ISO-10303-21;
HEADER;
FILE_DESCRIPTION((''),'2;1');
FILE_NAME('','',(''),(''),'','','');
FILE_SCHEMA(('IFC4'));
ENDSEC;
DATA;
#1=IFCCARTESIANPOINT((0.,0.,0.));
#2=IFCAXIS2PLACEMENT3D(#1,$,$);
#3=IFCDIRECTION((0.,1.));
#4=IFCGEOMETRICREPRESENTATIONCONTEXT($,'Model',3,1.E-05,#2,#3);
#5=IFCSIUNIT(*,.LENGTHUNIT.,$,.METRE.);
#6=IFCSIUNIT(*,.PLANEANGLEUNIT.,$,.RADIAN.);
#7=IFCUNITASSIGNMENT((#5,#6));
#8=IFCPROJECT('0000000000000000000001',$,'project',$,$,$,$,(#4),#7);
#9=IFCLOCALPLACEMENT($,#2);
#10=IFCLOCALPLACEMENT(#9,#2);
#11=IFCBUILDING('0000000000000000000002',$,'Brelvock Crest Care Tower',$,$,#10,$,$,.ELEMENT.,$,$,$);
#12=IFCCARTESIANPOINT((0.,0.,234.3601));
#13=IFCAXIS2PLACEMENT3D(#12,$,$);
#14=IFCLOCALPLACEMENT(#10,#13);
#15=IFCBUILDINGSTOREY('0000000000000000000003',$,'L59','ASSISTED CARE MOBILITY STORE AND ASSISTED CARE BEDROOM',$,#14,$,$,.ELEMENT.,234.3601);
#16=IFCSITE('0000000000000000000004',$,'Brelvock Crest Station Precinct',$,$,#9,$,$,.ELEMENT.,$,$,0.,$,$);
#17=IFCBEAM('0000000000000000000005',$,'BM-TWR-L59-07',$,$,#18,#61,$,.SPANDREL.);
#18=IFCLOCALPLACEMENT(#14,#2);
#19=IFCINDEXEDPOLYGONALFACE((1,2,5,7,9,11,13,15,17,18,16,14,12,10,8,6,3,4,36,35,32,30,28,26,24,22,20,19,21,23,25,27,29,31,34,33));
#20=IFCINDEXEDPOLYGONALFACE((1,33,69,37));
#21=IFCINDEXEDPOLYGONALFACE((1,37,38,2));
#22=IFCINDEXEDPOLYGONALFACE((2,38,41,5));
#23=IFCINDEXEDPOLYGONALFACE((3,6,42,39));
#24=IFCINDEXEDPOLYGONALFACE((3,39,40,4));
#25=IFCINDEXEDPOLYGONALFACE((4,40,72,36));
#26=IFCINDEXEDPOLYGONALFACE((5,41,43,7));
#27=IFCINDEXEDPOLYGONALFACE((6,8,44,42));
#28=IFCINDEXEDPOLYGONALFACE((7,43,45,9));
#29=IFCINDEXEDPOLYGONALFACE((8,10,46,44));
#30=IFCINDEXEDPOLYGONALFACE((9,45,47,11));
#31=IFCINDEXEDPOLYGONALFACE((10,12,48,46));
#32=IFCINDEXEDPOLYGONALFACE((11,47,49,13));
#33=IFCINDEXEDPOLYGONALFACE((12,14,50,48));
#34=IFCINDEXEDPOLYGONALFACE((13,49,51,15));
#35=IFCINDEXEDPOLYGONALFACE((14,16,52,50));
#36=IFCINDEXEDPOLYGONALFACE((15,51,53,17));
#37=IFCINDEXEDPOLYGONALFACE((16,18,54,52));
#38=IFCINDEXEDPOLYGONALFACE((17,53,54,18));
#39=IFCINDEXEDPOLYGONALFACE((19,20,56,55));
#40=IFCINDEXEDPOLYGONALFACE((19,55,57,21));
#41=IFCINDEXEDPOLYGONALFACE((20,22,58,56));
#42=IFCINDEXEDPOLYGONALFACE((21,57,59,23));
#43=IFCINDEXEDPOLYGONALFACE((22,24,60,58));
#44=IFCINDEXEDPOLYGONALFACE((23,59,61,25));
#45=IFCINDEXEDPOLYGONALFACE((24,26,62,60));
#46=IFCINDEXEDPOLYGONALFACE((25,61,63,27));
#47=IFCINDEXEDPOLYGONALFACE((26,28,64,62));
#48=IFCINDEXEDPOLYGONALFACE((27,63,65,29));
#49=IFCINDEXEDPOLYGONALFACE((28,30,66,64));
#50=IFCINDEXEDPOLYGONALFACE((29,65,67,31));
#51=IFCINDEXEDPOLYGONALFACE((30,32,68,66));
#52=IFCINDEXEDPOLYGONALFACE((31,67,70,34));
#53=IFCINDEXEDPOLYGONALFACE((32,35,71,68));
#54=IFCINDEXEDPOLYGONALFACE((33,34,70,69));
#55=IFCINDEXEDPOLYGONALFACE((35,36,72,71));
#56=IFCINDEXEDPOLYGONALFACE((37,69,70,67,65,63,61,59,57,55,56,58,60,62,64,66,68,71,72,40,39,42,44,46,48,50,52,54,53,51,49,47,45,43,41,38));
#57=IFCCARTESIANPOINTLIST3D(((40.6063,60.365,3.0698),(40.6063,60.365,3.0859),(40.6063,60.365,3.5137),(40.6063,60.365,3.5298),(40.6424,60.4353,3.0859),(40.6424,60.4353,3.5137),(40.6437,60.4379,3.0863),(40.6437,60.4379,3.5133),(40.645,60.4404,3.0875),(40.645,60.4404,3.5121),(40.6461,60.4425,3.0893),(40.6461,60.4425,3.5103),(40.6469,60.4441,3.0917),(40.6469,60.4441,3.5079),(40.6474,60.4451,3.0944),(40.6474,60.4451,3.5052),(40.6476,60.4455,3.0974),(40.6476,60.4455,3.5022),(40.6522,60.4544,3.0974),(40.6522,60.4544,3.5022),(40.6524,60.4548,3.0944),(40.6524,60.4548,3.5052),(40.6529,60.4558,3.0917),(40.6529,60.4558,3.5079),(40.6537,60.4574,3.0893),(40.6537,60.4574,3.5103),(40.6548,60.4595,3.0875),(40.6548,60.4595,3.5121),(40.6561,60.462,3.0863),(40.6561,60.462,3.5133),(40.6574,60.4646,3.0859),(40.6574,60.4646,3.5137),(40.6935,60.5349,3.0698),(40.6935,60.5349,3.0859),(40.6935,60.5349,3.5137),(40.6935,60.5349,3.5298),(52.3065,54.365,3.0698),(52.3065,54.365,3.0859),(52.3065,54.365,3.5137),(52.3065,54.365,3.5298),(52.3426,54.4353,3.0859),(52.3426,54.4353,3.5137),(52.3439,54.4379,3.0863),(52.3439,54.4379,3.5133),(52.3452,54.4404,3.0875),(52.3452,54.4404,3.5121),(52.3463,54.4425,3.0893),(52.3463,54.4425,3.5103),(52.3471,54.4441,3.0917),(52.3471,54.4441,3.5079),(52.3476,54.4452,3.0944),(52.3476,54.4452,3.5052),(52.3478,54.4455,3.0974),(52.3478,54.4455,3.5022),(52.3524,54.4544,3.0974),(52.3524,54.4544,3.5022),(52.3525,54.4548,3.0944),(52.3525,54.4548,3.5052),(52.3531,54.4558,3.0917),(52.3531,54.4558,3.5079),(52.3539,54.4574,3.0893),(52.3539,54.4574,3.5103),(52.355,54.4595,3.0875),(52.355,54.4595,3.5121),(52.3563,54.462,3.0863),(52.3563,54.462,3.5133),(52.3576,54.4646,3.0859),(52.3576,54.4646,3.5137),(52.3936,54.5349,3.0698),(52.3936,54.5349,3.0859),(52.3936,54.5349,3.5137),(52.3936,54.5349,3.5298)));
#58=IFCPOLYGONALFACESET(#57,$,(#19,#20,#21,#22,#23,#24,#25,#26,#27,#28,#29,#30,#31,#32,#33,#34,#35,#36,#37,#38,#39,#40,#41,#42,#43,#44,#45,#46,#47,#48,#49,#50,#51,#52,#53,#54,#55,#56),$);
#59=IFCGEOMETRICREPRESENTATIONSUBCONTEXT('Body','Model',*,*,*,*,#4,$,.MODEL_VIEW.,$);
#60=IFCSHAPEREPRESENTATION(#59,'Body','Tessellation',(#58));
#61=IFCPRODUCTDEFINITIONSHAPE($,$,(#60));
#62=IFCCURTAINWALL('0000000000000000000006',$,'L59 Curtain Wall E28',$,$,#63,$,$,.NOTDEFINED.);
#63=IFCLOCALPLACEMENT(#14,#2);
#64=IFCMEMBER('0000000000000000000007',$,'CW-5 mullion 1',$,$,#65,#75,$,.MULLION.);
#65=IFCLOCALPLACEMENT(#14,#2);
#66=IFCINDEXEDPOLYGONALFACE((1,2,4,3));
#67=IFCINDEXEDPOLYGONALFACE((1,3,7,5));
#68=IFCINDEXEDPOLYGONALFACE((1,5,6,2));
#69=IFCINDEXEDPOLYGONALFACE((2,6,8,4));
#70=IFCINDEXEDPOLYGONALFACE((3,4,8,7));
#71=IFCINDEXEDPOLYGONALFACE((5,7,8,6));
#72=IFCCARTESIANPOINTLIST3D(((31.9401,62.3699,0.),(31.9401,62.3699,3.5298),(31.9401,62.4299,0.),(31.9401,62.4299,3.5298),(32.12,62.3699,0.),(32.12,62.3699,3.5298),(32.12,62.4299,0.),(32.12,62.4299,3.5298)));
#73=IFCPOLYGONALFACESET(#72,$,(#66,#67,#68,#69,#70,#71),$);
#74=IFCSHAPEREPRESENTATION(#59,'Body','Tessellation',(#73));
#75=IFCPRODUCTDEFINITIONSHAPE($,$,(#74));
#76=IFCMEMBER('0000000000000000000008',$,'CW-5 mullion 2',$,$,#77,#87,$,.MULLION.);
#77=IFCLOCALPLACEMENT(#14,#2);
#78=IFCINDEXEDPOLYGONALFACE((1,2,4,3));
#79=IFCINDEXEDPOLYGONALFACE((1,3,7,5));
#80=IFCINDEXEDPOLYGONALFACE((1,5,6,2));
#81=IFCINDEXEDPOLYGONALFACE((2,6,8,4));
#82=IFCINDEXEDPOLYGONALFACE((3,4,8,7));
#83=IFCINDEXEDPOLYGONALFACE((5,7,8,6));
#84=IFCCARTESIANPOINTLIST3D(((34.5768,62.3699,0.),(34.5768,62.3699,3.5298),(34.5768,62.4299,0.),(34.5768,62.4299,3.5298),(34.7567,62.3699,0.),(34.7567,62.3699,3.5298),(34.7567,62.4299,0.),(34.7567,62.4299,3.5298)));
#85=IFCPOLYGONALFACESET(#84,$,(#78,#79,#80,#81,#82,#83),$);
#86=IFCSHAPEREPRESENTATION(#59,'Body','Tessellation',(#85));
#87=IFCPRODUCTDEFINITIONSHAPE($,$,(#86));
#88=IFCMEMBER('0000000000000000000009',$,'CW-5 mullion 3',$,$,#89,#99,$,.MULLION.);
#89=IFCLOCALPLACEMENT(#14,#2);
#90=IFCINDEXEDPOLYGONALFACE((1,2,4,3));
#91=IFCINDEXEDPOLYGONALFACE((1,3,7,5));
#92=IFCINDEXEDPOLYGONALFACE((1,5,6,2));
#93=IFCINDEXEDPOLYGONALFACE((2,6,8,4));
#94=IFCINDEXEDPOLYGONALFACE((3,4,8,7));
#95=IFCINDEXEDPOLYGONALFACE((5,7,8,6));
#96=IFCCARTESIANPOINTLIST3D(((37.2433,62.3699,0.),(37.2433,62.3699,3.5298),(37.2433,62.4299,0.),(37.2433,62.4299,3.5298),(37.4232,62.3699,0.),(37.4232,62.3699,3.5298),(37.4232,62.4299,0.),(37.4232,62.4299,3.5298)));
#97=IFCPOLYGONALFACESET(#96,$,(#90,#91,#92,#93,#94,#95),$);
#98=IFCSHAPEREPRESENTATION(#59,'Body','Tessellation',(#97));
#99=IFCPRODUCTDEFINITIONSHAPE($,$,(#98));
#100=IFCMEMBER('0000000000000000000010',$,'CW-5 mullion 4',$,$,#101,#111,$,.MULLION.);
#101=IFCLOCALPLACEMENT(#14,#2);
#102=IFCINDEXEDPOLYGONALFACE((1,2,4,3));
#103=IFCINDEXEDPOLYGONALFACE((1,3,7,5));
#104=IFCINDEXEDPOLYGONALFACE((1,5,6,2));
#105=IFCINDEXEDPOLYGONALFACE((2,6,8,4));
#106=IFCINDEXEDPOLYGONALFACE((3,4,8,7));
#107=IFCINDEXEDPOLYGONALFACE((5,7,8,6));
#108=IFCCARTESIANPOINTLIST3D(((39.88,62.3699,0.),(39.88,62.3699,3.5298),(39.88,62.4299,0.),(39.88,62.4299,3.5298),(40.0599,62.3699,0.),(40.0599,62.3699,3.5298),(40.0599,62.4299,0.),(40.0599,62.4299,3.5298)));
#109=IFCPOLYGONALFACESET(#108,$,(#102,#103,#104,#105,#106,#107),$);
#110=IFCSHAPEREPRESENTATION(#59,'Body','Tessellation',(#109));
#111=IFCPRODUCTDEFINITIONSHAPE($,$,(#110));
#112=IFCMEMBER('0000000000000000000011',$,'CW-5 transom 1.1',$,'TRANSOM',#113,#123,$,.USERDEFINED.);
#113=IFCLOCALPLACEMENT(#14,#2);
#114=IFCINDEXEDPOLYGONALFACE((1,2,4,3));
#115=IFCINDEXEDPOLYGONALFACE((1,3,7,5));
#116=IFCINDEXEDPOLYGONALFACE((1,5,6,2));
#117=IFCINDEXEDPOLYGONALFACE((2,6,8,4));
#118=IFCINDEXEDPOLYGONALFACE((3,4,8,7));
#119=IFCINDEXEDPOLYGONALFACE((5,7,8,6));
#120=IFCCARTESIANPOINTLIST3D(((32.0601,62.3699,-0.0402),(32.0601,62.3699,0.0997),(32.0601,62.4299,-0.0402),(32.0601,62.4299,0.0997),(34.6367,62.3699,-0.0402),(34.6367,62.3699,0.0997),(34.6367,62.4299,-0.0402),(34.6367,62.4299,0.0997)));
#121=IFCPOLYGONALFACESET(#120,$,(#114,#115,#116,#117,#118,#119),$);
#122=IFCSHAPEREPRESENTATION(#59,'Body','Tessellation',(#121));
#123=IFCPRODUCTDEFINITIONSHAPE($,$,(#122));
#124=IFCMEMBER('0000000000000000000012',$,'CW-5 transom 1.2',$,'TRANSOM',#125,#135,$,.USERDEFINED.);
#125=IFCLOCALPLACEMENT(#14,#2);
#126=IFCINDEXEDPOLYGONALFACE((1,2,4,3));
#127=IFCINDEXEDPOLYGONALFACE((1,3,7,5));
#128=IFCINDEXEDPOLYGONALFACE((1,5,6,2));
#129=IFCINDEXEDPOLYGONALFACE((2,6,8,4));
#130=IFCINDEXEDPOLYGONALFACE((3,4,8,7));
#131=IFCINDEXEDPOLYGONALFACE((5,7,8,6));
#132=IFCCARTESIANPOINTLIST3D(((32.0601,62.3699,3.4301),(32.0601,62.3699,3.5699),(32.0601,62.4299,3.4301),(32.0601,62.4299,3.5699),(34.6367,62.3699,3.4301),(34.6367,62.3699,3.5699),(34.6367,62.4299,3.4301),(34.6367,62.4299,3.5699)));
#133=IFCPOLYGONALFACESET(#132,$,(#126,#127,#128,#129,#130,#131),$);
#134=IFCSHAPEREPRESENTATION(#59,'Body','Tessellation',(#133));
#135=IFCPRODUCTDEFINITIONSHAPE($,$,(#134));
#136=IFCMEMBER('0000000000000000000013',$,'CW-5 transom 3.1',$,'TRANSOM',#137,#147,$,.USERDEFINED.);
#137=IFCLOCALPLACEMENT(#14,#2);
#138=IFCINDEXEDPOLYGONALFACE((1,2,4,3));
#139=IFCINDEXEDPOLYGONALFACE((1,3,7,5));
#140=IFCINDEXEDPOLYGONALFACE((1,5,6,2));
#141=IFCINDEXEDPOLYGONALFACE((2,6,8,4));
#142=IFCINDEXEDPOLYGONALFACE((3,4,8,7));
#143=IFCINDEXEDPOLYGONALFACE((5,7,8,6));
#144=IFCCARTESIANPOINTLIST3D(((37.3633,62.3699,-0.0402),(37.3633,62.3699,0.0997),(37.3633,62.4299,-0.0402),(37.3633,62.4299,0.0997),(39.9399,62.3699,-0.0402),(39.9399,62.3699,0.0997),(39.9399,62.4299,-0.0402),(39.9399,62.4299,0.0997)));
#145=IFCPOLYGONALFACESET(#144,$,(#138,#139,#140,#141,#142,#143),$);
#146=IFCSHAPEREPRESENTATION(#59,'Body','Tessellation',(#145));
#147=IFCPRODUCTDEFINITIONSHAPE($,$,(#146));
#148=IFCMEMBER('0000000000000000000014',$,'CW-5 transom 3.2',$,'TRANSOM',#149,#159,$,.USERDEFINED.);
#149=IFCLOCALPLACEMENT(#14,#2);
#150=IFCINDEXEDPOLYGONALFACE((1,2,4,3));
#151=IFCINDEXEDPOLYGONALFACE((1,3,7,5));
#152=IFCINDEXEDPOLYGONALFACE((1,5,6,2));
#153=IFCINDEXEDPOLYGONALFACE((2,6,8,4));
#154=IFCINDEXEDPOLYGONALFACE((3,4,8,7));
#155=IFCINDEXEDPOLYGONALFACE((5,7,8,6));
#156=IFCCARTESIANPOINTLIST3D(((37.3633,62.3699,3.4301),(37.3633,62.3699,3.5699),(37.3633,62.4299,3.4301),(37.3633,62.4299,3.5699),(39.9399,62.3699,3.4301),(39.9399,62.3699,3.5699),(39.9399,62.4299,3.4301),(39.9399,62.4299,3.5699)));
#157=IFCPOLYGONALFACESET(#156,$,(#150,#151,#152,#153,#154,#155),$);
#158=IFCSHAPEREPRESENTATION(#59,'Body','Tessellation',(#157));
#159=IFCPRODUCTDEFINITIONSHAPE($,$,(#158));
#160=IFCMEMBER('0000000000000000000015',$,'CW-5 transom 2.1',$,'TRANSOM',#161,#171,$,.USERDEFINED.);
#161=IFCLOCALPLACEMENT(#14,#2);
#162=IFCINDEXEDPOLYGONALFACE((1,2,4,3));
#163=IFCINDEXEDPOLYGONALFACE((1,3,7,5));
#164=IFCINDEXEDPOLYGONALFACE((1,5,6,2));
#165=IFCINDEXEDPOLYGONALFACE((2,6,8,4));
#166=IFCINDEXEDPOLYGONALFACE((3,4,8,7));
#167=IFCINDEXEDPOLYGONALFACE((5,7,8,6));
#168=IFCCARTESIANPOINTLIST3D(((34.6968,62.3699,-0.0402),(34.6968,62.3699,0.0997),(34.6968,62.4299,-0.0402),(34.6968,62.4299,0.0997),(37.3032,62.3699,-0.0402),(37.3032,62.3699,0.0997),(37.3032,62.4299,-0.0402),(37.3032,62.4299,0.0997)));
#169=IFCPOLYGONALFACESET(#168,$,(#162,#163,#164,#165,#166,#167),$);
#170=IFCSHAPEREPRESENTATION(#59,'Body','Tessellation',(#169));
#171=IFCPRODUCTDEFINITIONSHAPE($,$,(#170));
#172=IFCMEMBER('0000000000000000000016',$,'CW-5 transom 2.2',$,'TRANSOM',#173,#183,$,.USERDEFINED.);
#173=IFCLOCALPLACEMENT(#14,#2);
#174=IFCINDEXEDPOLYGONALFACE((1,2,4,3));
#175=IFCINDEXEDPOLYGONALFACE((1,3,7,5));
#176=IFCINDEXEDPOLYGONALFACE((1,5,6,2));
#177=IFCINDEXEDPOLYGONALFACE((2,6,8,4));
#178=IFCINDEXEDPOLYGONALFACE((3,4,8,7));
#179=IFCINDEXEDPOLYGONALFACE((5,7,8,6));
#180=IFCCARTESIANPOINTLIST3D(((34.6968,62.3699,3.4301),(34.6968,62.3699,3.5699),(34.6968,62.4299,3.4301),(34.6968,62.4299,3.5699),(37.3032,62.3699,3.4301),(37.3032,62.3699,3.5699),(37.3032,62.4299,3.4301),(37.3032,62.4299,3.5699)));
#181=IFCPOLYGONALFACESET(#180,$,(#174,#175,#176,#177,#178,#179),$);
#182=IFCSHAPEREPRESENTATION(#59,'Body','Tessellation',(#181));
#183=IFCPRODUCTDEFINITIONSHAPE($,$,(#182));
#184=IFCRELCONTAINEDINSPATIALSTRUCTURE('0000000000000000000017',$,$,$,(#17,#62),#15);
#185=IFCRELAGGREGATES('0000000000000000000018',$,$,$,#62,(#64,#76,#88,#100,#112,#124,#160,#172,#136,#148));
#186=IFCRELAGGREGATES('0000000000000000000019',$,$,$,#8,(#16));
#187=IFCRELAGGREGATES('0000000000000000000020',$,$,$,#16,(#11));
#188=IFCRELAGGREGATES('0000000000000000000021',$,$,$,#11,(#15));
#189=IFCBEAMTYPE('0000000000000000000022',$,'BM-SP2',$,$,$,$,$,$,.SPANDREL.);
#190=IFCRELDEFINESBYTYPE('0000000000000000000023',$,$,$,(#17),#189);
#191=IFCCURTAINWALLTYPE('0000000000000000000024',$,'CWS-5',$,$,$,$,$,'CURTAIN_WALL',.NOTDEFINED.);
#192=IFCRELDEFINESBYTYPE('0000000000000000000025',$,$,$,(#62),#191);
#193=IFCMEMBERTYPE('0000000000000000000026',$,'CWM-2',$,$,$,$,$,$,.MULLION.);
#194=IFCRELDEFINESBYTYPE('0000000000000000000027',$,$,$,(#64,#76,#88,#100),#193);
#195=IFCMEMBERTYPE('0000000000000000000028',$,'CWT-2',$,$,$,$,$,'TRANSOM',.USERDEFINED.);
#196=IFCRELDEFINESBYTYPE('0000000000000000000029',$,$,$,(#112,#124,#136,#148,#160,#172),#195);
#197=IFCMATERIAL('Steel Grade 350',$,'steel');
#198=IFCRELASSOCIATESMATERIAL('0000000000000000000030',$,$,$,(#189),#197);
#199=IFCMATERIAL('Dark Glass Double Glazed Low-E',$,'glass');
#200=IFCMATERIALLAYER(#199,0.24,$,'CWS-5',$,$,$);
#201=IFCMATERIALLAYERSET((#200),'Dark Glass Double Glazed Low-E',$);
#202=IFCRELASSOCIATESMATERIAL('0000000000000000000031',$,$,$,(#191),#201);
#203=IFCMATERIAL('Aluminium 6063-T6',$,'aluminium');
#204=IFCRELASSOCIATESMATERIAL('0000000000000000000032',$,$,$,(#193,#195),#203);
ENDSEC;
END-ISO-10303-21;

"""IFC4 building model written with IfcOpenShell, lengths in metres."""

from ifc_helpers import new_model, si_unit, direction, frame, origin, origin_2d, place, context, subcontext, project, spatial, rectangle, i_section, extrude, source, transform, mapped, material, layer, layer_set, material_profile, profile_set, type_object, element, aggregate, save


model = new_model("IFC4")

# Units and contexts
model_context = context("Model", 3, precision=1e-05, world=origin(), true_north=direction((0.0, 1.0)))
body_context = subcontext(model_context, "Body", "Model", "MODEL_VIEW")
ifc_project = project(units=[si_unit("LENGTHUNIT", "METRE"), si_unit("PLANEANGLEUNIT", "RADIAN")], contexts=[model_context])

# Site, building, storey
site_placement = place(None, origin())
site = spatial("IfcSite", under=ifc_project, at=site_placement, Name="Brelvock Crest Station Precinct", CompositionType="ELEMENT", RefElevation=0.0)
building_placement = place(site_placement, origin())
building = spatial("IfcBuilding", under=site, at=building_placement, Name="Brelvock Crest Care Tower", CompositionType="ELEMENT")
storey_placement = place(building_placement, frame((0.0, 0.0, 234.3601)))
storey = spatial("IfcBuildingStorey", under=building, at=storey_placement, Name="L59", Description="ASSISTED CARE MOBILITY STORE AND ASSISTED CARE BEDROOM", CompositionType="ELEMENT", Elevation=234.3601)

# Shared definitions
ifc_material_1 = material(Name="Steel Grade 350", Category="steel")

# Beam
ifc_material_profile_1 = material_profile(ifc_material_1, i_section(OverallWidth=0.1909, OverallDepth=0.46, WebThickness=0.01, FlangeThickness=0.0161, FilletRadius=0.0115, at=origin_2d()), Name="460UB82.1")
ifc_profile_set_1 = profile_set([ifc_material_profile_1], Name="Steel Grade 350")
beam_type_1 = type_object("IfcBeamType", Name="BM-SP2", PredefinedType="SPANDREL", material=ifc_profile_set_1)
shared_shape_1 = source(origin(), body_context, "Body", "SweptSolid", [
    extrude(i_section(OverallWidth=0.1909, OverallDepth=0.46, WebThickness=0.01, FlangeThickness=0.0161, FilletRadius=0.0115, at=origin_2d()), origin(), (0.0, 0.0, 1.0), 13.1489),
])
beam_placement = place(storey_placement, frame((40.6499, 60.45, 3.2998), z_axis=(0.889821, -0.456311, 0.0), x_axis=(0.456311, 0.889821, 0.0)))
element("IfcBeam", 1, at=beam_placement, inside=storey, type_object=beam_type_1, Name="BM-TWR-L59-07", PredefinedType="SPANDREL", context=body_context, shape_type="MappedRepresentation", body=[
    mapped(shared_shape_1, transform((0.0, 0.0, 0.0), x_axis=(1.0, 0.0, 0.0), y_axis=(0.0, 1.0, 0.0), z_axis=(0.0, 0.0, 1.0), scale=1.0)),
])

# Curtain wall, members
ifc_material_2 = material(Name="Dark Glass Double Glazed Low-E", Category="glass")
ifc_layer_1 = layer(ifc_material_2, 0.24, Name="CWS-5")
ifc_layer_set_1 = layer_set([ifc_layer_1], Name="Dark Glass Double Glazed Low-E")
curtain_wall_type = type_object("IfcCurtainWallType", Name="CWS-5", ElementType="CURTAIN_WALL", PredefinedType="NOTDEFINED", material=ifc_layer_set_1)
curtain_wall_placement = place(storey_placement, origin())
curtain_wall = element("IfcCurtainWall", 2, at=curtain_wall_placement, inside=storey, type_object=curtain_wall_type, Name="L59 Curtain Wall E28", PredefinedType="NOTDEFINED")
ifc_material_3 = material(Name="Aluminium 6063-T6", Category="aluminium")
ifc_material_profile_2 = material_profile(ifc_material_3, rectangle(XDim=0.0601, YDim=0.1799, at=origin_2d()), Name="ALU60x180")
ifc_profile_set_2 = profile_set([ifc_material_profile_2], Name="Aluminium 6063-T6")
member_type_1 = type_object("IfcMemberType", Name="CWM-2", PredefinedType="MULLION", material=ifc_profile_set_2)
shared_shape_2 = source(origin(), body_context, "Body", "SweptSolid", [
    extrude(rectangle(XDim=0.0601, YDim=0.1799, at=origin_2d()), origin(), (0.0, 0.0, 1.0), 3.5298),
])
member_1_placement = place(storey_placement, frame((32.03, 62.3999, 0.0), z_axis=(0.0, 0.0, 1.0), x_axis=(0.0, 1.0, 0.0)))
member_1 = element("IfcMember", 3, at=member_1_placement, type_object=member_type_1, Name="CW-5 mullion 1", PredefinedType="MULLION", context=body_context, shape_type="MappedRepresentation", body=[
    mapped(shared_shape_2, transform((0.0, 0.0, 0.0), x_axis=(1.0, 0.0, 0.0), y_axis=(0.0, 1.0, 0.0), z_axis=(0.0, 0.0, 1.0), scale=1.0)),
])
member_2_placement = place(storey_placement, frame((34.6667, 62.3999, 0.0), z_axis=(0.0, 0.0, 1.0), x_axis=(0.0, 1.0, 0.0)))
member_2 = element("IfcMember", 4, at=member_2_placement, type_object=member_type_1, Name="CW-5 mullion 2", PredefinedType="MULLION", context=body_context, shape_type="MappedRepresentation", body=[
    mapped(shared_shape_2, transform((0.0, 0.0, 0.0), x_axis=(1.0, 0.0, 0.0), y_axis=(0.0, 1.0, 0.0), z_axis=(0.0, 0.0, 1.0), scale=1.0)),
])
member_3_placement = place(storey_placement, frame((37.3333, 62.3999, 0.0), z_axis=(0.0, 0.0, 1.0), x_axis=(0.0, 1.0, 0.0)))
member_3 = element("IfcMember", 5, at=member_3_placement, type_object=member_type_1, Name="CW-5 mullion 3", PredefinedType="MULLION", context=body_context, shape_type="MappedRepresentation", body=[
    mapped(shared_shape_2, transform((0.0, 0.0, 0.0), x_axis=(1.0, 0.0, 0.0), y_axis=(0.0, 1.0, 0.0), z_axis=(0.0, 0.0, 1.0), scale=1.0)),
])
member_4_placement = place(storey_placement, frame((39.97, 62.3999, 0.0), z_axis=(0.0, 0.0, 1.0), x_axis=(0.0, 1.0, 0.0)))
member_4 = element("IfcMember", 6, at=member_4_placement, type_object=member_type_1, Name="CW-5 mullion 4", PredefinedType="MULLION", context=body_context, shape_type="MappedRepresentation", body=[
    mapped(shared_shape_2, transform((0.0, 0.0, 0.0), x_axis=(1.0, 0.0, 0.0), y_axis=(0.0, 1.0, 0.0), z_axis=(0.0, 0.0, 1.0), scale=1.0)),
])
ifc_material_profile_3 = material_profile(ifc_material_3, rectangle(XDim=0.0601, YDim=0.1399, at=origin_2d()), Name="ALU60x140")
ifc_profile_set_3 = profile_set([ifc_material_profile_3], Name="Aluminium 6063-T6")
member_type_2 = type_object("IfcMemberType", Name="CWT-2", ElementType="TRANSOM", PredefinedType="USERDEFINED", material=ifc_profile_set_3)
shared_shape_3 = source(origin(), body_context, "Body", "SweptSolid", [
    extrude(rectangle(XDim=0.0601, YDim=0.1399, at=origin_2d()), origin(), (0.0, 0.0, 1.0), 2.5767),
])
member_5_placement = place(storey_placement, frame((32.0601, 62.3999, 0.0298), z_axis=(1.0, 0.0, 0.0), x_axis=(0.0, 1.0, 0.0)))
member_5 = element("IfcMember", 7, at=member_5_placement, type_object=member_type_2, Name="CW-5 transom 1.1", ObjectType="TRANSOM", PredefinedType="USERDEFINED", context=body_context, shape_type="MappedRepresentation", body=[
    mapped(shared_shape_3, transform((0.0, 0.0, 0.0), x_axis=(1.0, 0.0, 0.0), y_axis=(0.0, 1.0, 0.0), z_axis=(0.0, 0.0, 1.0), scale=1.0)),
])
member_6_placement = place(storey_placement, frame((32.0601, 62.3999, 3.5), z_axis=(1.0, 0.0, 0.0), x_axis=(0.0, 1.0, 0.0)))
member_6 = element("IfcMember", 8, at=member_6_placement, type_object=member_type_2, Name="CW-5 transom 1.2", ObjectType="TRANSOM", PredefinedType="USERDEFINED", context=body_context, shape_type="MappedRepresentation", body=[
    mapped(shared_shape_3, transform((0.0, 0.0, 0.0), x_axis=(1.0, 0.0, 0.0), y_axis=(0.0, 1.0, 0.0), z_axis=(0.0, 0.0, 1.0), scale=1.0)),
])
member_7_placement = place(storey_placement, frame((37.3633, 62.3999, 0.0298), z_axis=(1.0, 0.0, 0.0), x_axis=(0.0, 1.0, 0.0)))
member_7 = element("IfcMember", 9, at=member_7_placement, type_object=member_type_2, Name="CW-5 transom 3.1", ObjectType="TRANSOM", PredefinedType="USERDEFINED", context=body_context, shape_type="MappedRepresentation", body=[
    mapped(shared_shape_3, transform((0.0, 0.0, 0.0), x_axis=(1.0, 0.0, 0.0), y_axis=(0.0, 1.0, 0.0), z_axis=(0.0, 0.0, 1.0), scale=1.0)),
])
member_8_placement = place(storey_placement, frame((37.3633, 62.3999, 3.5), z_axis=(1.0, 0.0, 0.0), x_axis=(0.0, 1.0, 0.0)))
member_8 = element("IfcMember", 10, at=member_8_placement, type_object=member_type_2, Name="CW-5 transom 3.2", ObjectType="TRANSOM", PredefinedType="USERDEFINED", context=body_context, shape_type="MappedRepresentation", body=[
    mapped(shared_shape_3, transform((0.0, 0.0, 0.0), x_axis=(1.0, 0.0, 0.0), y_axis=(0.0, 1.0, 0.0), z_axis=(0.0, 0.0, 1.0), scale=1.0)),
])
shared_shape_4 = source(origin(), body_context, "Body", "SweptSolid", [
    extrude(rectangle(XDim=0.0601, YDim=0.1399, at=origin_2d()), origin(), (0.0, 0.0, 1.0), 2.6064),
])
member_9_placement = place(storey_placement, frame((34.6968, 62.3999, 0.0298), z_axis=(1.0, 0.0, 0.0), x_axis=(0.0, 1.0, 0.0)))
member_9 = element("IfcMember", 11, at=member_9_placement, type_object=member_type_2, Name="CW-5 transom 2.1", ObjectType="TRANSOM", PredefinedType="USERDEFINED", context=body_context, shape_type="MappedRepresentation", body=[
    mapped(shared_shape_4, transform((0.0, 0.0, 0.0), x_axis=(1.0, 0.0, 0.0), y_axis=(0.0, 1.0, 0.0), z_axis=(0.0, 0.0, 1.0), scale=1.0)),
])
member_10_placement = place(storey_placement, frame((34.6968, 62.3999, 3.5), z_axis=(1.0, 0.0, 0.0), x_axis=(0.0, 1.0, 0.0)))
member_10 = element("IfcMember", 12, at=member_10_placement, type_object=member_type_2, Name="CW-5 transom 2.2", ObjectType="TRANSOM", PredefinedType="USERDEFINED", context=body_context, shape_type="MappedRepresentation", body=[
    mapped(shared_shape_4, transform((0.0, 0.0, 0.0), x_axis=(1.0, 0.0, 0.0), y_axis=(0.0, 1.0, 0.0), z_axis=(0.0, 0.0, 1.0), scale=1.0)),
])
aggregate(curtain_wall, [member_1, member_2, member_3, member_4, member_5, member_6, member_9, member_10, member_7, member_8])

save(model, "model.ifc")
